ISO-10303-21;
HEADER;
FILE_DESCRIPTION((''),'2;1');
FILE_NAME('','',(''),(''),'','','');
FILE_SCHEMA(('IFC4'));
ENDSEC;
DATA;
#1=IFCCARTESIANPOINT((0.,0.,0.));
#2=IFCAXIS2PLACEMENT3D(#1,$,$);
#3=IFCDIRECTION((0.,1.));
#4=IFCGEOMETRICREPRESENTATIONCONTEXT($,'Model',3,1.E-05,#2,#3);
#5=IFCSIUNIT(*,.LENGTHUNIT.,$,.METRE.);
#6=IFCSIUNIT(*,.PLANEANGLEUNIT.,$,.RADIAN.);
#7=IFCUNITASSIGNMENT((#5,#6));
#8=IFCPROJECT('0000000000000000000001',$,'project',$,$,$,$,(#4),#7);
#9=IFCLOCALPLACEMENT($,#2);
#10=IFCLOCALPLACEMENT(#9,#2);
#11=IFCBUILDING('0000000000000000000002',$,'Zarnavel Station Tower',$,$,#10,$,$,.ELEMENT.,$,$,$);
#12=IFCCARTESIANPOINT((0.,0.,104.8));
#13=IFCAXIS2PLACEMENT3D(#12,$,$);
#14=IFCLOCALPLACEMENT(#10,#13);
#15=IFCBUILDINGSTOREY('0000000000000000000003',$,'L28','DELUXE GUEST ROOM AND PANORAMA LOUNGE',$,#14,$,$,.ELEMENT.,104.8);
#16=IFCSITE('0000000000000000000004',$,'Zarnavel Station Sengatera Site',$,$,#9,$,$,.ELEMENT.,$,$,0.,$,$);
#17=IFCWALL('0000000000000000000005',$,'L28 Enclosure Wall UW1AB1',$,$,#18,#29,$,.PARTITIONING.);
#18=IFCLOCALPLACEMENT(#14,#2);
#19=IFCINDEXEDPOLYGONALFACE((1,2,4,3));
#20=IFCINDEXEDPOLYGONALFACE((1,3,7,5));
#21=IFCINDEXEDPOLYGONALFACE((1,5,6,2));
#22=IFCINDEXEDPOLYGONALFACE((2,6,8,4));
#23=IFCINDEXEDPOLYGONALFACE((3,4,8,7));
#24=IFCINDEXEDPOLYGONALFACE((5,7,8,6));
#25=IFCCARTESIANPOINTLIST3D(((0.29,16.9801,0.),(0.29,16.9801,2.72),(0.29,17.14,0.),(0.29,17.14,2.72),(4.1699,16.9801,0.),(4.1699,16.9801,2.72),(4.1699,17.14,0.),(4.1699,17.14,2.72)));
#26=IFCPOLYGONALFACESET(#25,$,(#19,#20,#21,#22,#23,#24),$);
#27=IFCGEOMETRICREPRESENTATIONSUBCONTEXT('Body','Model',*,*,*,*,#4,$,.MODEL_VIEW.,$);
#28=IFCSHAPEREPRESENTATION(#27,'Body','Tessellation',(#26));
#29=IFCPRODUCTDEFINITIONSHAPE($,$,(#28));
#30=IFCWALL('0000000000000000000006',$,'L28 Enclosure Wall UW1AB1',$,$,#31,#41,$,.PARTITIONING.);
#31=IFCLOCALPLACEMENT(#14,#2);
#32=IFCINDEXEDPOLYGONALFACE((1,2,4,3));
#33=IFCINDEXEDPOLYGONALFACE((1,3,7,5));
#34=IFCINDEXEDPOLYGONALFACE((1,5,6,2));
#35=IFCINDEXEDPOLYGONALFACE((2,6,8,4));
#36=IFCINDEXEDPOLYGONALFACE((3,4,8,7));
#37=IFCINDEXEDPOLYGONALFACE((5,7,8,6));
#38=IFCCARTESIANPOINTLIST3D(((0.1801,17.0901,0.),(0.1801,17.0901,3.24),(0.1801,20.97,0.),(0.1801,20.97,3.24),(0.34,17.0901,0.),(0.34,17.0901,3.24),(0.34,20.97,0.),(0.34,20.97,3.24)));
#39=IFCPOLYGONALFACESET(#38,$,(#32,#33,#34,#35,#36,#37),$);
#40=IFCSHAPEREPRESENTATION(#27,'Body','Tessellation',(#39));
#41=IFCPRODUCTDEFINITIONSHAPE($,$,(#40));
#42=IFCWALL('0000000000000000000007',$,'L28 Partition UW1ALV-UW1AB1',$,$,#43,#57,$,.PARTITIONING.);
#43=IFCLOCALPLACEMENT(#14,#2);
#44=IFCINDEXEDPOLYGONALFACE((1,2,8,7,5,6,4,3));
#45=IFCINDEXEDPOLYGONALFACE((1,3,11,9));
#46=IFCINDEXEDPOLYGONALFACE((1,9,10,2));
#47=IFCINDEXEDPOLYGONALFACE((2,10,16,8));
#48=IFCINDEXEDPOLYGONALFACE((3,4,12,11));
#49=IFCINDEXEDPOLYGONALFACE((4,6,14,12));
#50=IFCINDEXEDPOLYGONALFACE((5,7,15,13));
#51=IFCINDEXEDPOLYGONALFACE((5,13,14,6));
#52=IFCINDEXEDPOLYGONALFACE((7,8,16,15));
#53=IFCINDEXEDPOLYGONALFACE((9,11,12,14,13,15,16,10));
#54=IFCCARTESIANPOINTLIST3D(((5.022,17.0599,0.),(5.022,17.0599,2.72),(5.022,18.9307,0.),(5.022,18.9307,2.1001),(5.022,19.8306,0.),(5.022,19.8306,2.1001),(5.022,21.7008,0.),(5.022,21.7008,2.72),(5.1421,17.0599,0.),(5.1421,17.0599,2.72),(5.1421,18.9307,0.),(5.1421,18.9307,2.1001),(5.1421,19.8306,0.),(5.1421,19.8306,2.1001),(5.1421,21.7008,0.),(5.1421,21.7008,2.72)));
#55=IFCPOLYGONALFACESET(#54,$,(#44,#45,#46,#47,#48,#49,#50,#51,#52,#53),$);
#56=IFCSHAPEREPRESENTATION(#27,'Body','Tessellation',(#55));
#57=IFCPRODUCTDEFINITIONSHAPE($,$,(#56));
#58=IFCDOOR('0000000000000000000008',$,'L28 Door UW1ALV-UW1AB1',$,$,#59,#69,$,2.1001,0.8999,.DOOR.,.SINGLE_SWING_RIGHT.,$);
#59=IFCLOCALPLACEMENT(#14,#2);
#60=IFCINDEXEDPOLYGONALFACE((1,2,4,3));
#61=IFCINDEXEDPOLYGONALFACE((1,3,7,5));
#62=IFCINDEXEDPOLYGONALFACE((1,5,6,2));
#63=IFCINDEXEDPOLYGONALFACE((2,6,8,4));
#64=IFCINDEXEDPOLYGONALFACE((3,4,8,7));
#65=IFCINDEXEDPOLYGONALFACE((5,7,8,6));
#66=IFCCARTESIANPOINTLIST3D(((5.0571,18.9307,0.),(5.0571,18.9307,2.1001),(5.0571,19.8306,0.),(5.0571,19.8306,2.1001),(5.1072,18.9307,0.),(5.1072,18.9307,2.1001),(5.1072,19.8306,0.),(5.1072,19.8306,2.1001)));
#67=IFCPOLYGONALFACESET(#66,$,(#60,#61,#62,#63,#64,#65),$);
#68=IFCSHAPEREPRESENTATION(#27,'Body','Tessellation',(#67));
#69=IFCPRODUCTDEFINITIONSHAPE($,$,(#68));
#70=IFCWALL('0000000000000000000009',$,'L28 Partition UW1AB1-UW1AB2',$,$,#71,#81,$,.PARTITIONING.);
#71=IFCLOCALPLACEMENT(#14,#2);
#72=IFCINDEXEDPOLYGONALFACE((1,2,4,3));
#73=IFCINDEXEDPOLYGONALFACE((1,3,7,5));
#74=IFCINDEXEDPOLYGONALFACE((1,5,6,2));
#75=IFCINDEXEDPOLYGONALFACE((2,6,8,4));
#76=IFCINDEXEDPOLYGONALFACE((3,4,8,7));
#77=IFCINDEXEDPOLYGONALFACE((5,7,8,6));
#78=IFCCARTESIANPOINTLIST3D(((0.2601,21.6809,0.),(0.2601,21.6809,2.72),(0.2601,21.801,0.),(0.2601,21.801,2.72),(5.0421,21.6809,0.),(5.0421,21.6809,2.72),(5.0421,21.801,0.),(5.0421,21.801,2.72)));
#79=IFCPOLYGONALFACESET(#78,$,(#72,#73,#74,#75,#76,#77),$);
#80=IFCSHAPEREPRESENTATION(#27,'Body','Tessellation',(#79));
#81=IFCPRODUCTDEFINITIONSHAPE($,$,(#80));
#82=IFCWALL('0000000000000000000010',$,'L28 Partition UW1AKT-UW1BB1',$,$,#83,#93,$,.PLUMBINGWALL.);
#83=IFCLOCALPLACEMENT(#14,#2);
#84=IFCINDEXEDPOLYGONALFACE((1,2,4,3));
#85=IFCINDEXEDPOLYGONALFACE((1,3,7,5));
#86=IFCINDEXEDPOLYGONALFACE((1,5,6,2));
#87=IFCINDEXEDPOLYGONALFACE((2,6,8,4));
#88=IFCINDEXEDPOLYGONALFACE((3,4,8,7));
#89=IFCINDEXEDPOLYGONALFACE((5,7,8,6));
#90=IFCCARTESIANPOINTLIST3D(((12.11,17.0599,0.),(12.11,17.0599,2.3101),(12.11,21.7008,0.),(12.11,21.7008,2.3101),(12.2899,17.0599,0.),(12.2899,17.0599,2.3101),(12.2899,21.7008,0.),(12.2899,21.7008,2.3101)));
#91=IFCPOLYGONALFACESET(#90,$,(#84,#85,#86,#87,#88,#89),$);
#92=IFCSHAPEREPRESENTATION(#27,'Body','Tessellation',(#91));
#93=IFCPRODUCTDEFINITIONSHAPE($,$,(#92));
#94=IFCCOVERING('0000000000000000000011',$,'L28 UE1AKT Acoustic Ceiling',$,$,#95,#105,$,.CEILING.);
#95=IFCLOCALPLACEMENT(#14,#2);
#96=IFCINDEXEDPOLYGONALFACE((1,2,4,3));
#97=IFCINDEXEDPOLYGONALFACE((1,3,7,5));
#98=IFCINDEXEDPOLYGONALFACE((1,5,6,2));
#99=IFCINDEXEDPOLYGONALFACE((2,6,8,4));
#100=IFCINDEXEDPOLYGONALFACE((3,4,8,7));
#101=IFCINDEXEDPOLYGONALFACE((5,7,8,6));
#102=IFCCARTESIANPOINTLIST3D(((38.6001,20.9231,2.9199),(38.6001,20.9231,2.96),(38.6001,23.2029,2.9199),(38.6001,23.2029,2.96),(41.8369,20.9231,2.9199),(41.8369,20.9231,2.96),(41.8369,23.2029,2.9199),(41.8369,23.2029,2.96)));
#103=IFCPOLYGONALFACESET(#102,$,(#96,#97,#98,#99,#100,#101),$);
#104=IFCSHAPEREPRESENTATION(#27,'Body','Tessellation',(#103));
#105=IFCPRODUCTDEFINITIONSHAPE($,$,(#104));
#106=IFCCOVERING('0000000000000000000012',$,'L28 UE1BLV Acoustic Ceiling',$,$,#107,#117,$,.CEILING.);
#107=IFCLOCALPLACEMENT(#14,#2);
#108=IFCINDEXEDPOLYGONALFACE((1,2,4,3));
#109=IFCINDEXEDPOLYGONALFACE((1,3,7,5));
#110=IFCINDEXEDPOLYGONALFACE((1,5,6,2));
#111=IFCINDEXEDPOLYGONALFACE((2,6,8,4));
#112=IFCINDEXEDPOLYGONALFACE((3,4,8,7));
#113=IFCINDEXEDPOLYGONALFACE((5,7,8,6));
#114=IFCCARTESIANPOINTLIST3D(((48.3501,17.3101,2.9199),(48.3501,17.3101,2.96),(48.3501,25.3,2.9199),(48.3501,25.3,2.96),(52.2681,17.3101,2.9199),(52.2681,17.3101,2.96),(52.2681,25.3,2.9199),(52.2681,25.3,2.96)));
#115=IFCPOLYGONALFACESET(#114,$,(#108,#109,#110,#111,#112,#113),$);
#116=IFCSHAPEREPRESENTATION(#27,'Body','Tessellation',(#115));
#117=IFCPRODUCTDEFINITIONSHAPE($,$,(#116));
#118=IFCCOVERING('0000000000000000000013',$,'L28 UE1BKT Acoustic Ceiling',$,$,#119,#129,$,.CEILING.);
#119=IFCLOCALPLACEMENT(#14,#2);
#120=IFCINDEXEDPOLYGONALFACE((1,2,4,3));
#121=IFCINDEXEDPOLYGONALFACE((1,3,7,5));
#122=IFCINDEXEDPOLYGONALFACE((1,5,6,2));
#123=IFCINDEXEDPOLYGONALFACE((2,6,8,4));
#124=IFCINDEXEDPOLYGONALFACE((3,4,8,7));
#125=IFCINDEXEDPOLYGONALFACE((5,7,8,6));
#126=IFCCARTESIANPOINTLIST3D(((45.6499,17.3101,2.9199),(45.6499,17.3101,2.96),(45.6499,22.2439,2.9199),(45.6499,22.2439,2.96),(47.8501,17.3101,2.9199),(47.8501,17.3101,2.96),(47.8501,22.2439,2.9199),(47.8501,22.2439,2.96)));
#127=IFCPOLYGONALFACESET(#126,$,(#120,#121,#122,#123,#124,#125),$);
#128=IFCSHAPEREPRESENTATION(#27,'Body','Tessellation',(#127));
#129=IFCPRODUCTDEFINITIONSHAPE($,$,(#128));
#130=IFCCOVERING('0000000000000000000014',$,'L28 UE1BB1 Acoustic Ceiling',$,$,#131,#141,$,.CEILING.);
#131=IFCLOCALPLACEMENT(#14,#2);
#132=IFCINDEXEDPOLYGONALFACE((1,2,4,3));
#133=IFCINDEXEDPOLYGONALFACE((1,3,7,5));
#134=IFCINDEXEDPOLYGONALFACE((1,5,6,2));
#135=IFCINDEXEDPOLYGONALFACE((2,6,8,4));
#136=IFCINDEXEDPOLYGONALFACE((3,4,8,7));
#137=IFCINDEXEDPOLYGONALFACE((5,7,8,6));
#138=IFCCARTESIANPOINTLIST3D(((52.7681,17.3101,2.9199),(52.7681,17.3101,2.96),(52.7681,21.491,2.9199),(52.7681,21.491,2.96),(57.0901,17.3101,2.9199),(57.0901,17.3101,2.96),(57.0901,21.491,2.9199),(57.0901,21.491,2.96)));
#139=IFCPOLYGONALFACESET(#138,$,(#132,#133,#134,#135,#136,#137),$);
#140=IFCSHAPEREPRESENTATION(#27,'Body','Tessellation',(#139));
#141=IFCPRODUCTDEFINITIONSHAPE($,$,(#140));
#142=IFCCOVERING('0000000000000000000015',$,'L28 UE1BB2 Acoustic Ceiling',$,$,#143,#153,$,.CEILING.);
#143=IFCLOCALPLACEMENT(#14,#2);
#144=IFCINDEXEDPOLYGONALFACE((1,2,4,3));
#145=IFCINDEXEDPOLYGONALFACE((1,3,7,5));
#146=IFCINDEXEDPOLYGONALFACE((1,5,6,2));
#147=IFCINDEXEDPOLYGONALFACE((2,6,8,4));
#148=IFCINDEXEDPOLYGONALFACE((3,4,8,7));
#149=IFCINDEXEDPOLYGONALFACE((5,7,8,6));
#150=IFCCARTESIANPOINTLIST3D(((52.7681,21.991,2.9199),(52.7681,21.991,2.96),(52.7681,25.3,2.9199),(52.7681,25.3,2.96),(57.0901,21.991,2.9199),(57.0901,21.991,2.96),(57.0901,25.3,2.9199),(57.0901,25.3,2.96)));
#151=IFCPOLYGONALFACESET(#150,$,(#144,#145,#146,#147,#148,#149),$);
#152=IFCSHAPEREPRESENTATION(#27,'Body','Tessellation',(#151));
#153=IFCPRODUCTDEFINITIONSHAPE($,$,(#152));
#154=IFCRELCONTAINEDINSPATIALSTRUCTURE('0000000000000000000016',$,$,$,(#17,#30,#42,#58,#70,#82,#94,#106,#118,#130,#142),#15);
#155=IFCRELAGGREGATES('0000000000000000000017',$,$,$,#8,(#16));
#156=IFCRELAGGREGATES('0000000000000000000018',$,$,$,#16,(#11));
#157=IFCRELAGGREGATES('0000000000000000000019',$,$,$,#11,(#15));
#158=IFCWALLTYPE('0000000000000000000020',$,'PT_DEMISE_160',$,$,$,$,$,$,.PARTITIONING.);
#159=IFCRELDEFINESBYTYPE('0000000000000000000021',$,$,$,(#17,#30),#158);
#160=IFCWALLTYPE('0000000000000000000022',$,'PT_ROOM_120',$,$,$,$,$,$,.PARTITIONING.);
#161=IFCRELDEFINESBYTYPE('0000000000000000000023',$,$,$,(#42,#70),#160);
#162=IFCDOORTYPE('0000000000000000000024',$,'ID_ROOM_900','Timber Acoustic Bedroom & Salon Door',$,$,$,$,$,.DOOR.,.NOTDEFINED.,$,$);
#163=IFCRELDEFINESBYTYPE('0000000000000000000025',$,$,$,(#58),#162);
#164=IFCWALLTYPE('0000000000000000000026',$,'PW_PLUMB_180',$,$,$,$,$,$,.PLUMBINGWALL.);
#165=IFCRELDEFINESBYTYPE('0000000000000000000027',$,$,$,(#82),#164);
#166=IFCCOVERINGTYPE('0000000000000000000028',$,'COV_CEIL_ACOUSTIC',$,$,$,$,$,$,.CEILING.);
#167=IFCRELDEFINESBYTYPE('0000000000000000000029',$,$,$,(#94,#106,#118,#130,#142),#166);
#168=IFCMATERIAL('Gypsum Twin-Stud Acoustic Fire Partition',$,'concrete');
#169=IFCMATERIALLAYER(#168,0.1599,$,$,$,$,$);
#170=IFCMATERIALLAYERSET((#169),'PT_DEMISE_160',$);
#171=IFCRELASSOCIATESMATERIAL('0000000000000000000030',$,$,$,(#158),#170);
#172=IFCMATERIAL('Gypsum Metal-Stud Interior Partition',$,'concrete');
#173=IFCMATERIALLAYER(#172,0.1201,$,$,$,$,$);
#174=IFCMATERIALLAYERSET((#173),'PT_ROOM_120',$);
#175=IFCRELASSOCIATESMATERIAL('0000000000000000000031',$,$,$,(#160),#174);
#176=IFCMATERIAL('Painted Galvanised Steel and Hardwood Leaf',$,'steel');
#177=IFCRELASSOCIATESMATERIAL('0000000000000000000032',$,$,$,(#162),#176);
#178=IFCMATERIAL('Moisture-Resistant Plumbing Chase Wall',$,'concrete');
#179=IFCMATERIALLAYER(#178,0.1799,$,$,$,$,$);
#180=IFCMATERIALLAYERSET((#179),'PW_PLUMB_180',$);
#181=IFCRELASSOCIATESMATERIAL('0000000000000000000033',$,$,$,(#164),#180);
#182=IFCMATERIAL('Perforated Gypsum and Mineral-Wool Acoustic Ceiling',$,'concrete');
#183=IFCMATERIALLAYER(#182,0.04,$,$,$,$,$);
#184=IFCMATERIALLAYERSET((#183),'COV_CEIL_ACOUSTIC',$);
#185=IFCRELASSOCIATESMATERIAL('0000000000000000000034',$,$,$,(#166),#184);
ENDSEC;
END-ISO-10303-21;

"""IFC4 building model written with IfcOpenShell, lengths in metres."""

from ifc_helpers import new_model, si_unit, direction, frame, frame_2d, origin, place, context, subcontext, project, spatial, polyline, rectangle, outline, extrude, material, layer, layer_set, type_object, element, fill, save


model = new_model("IFC4")

# Units and contexts
model_context = context("Model", 3, precision=1e-05, world=origin(), true_north=direction((0.0, 1.0)))
body_context = subcontext(model_context, "Body", "Model", "MODEL_VIEW")
ifc_project = project(units=[si_unit("LENGTHUNIT", "METRE"), si_unit("PLANEANGLEUNIT", "RADIAN")], contexts=[model_context])

# Site, building, storey
site_placement = place(None, origin())
site = spatial("IfcSite", under=ifc_project, at=site_placement, Name="Zarnavel Station Sengatera Site", CompositionType="ELEMENT", RefElevation=0.0)
building_placement = place(site_placement, origin())
building = spatial("IfcBuilding", under=site, at=building_placement, Name="Zarnavel Station Tower", CompositionType="ELEMENT")
storey_placement = place(building_placement, frame((0.0, 0.0, 104.8)))
storey = spatial("IfcBuildingStorey", under=building, at=storey_placement, Name="L28", Description="DELUXE GUEST ROOM AND PANORAMA LOUNGE", CompositionType="ELEMENT", Elevation=104.8)

# Walls
ifc_material_1 = material(Name="Gypsum Twin-Stud Acoustic Fire Partition", Category="concrete")
ifc_layer_1 = layer(ifc_material_1, 0.1599)
ifc_layer_set_1 = layer_set([ifc_layer_1], Name="PT_DEMISE_160")
wall_type_1 = type_object("IfcWallType", Name="PT_DEMISE_160", PredefinedType="PARTITIONING", material=ifc_layer_set_1)
wall_1_placement = place(storey_placement, frame((0.29, 17.0601, 0.0), z_axis=(0.0, 0.0, 1.0), x_axis=(1.0, 0.0, 0.0)))
element("IfcWall", 1, at=wall_1_placement, inside=storey, type_object=wall_type_1, Name="L28 Enclosure Wall UW1AB1", PredefinedType="PARTITIONING", context=body_context, shape_type="SweptSolid", body=[
    extrude(rectangle(XDim=3.8799, YDim=0.1599, at=frame_2d((1.9399, 0.0))), origin(), (0.0, 0.0, 1.0), 2.72),
])
wall_2_placement = place(storey_placement, frame((0.26, 17.0901, 0.0), z_axis=(0.0, 0.0, 1.0), x_axis=(0.0, 1.0, 0.0)))
element("IfcWall", 2, at=wall_2_placement, inside=storey, type_object=wall_type_1, Name="L28 Enclosure Wall UW1AB1", PredefinedType="PARTITIONING", context=body_context, shape_type="SweptSolid", body=[
    extrude(rectangle(XDim=3.8799, YDim=0.1599, at=frame_2d((1.9399, 0.0))), origin(), (0.0, 0.0, 1.0), 3.24),
])

# Wall, opening, door
ifc_material_2 = material(Name="Gypsum Metal-Stud Interior Partition", Category="concrete")
ifc_layer_2 = layer(ifc_material_2, 0.1201)
ifc_layer_set_2 = layer_set([ifc_layer_2], Name="PT_ROOM_120")
wall_type_2 = type_object("IfcWallType", Name="PT_ROOM_120", PredefinedType="PARTITIONING", material=ifc_layer_set_2)
wall_3_placement = place(storey_placement, frame((5.082, 17.0601, 0.0), z_axis=(0.0, 0.0, 1.0), x_axis=(0.0, 1.0, 0.0)))
wall_3 = element("IfcWall", 3, at=wall_3_placement, inside=storey, type_object=wall_type_2, Name="L28 Partition UW1ALV-UW1AB1", PredefinedType="PARTITIONING", context=body_context, shape_type="SweptSolid", body=[
    extrude(rectangle(XDim=4.6409, YDim=0.1201, at=frame_2d((2.3203, 0.0))), origin(), (0.0, 0.0, 1.0), 2.72),
])
opening_1_placement = place(wall_3_placement, frame((1.8706, 0.0, 0.0)))
opening_1 = element("IfcOpeningElement", 4, at=opening_1_placement, cuts=wall_3, PredefinedType="OPENING", context=body_context, shape_type="SweptSolid", body=[
    extrude(rectangle(XDim=0.8999, YDim=2.1001, at=frame_2d((0.45, 1.05))), frame((0.0, 0.0701, 0.0), z_axis=(0.0, -1.0, 0.0), x_axis=(1.0, 0.0, 0.0)), (0.0, 0.0, 1.0), 0.1401),
])
ifc_material_3 = material(Name="Painted Galvanised Steel and Hardwood Leaf", Category="steel")
door_type_1 = type_object("IfcDoorType", Name="ID_ROOM_900", Description="Timber Acoustic Bedroom & Salon Door", OperationType="NOTDEFINED", PredefinedType="DOOR", material=ifc_material_3)
door_1_placement = place(opening_1_placement, origin())
door_1 = element("IfcDoor", 5, at=door_1_placement, inside=storey, type_object=door_type_1, Name="L28 Door UW1ALV-UW1AB1", OperationType="SINGLE_SWING_RIGHT", OverallHeight=2.1001, OverallWidth=0.8999, PredefinedType="DOOR", context=body_context, shape_type="SweptSolid", body=[
    extrude(rectangle(XDim=0.8999, YDim=2.1001, at=frame_2d((0.45, 1.05))), frame((0.0, 0.0249, 0.0), z_axis=(0.0, -1.0, 0.0), x_axis=(1.0, 0.0, 0.0)), (0.0, 0.0, 1.0), 0.05),
])
fill(opening_1, door_1)

# Wall
wall_4_placement = place(storey_placement, frame((0.26, 21.741, 0.0), z_axis=(0.0, 0.0, 1.0), x_axis=(1.0, 0.0, 0.0)))
element("IfcWall", 6, at=wall_4_placement, inside=storey, type_object=wall_type_2, Name="L28 Partition UW1AB1-UW1AB2", PredefinedType="PARTITIONING", context=body_context, shape_type="SweptSolid", body=[
    extrude(rectangle(XDim=4.782, YDim=0.1201, at=frame_2d((2.3911, 0.0))), origin(), (0.0, 0.0, 1.0), 2.72),
])

# Shared definitions
ifc_material_4 = material(Name="Moisture-Resistant Plumbing Chase Wall", Category="concrete")
ifc_layer_3 = layer(ifc_material_4, 0.1799)
ifc_layer_set_3 = layer_set([ifc_layer_3], Name="PW_PLUMB_180")
wall_type_3 = type_object("IfcWallType", Name="PW_PLUMB_180", PredefinedType="PLUMBINGWALL", material=ifc_layer_set_3)

# Wall
wall_5_placement = place(storey_placement, frame((12.2, 17.0601, 0.0), z_axis=(0.0, 0.0, 1.0), x_axis=(0.0, 1.0, 0.0)))
element("IfcWall", 7, at=wall_5_placement, inside=storey, type_object=wall_type_3, Name="L28 Partition UW1AKT-UW1BB1", PredefinedType="PLUMBINGWALL", context=body_context, shape_type="SweptSolid", body=[
    extrude(rectangle(XDim=4.6409, YDim=0.1799, at=frame_2d((2.3203, 0.0))), origin(), (0.0, 0.0, 1.0), 2.3101),
])

# Coverings
ifc_material_5 = material(Name="Perforated Gypsum and Mineral-Wool Acoustic Ceiling", Category="concrete")
ifc_layer_4 = layer(ifc_material_5, 0.04)
ifc_layer_set_4 = layer_set([ifc_layer_4], Name="COV_CEIL_ACOUSTIC")
covering_type = type_object("IfcCoveringType", Name="COV_CEIL_ACOUSTIC", PredefinedType="CEILING", material=ifc_layer_set_4)
covering_1_placement = place(storey_placement, frame((0.0, 0.0, 2.9199)))
element("IfcCovering", 8, at=covering_1_placement, inside=storey, type_object=covering_type, Name="L28 UE1AKT Acoustic Ceiling", PredefinedType="CEILING", context=body_context, shape_type="SweptSolid", body=[
    extrude(outline(polyline([(38.6001, 20.9231), (41.8369, 20.9231), (41.8369, 23.2029), (38.6001, 23.2029), (38.6001, 20.9231)])), origin(), (0.0, 0.0, 1.0), 0.04),
])
covering_2_placement = place(storey_placement, frame((0.0, 0.0, 2.9199)))
element("IfcCovering", 9, at=covering_2_placement, inside=storey, type_object=covering_type, Name="L28 UE1BLV Acoustic Ceiling", PredefinedType="CEILING", context=body_context, shape_type="SweptSolid", body=[
    extrude(outline(polyline([(48.3501, 17.3101), (52.2681, 17.3101), (52.2681, 25.3), (48.3501, 25.3), (48.3501, 17.3101)])), origin(), (0.0, 0.0, 1.0), 0.04),
])
covering_3_placement = place(storey_placement, frame((0.0, 0.0, 2.9199)))
element("IfcCovering", 10, at=covering_3_placement, inside=storey, type_object=covering_type, Name="L28 UE1BKT Acoustic Ceiling", PredefinedType="CEILING", context=body_context, shape_type="SweptSolid", body=[
    extrude(outline(polyline([(45.6499, 17.3101), (47.8501, 17.3101), (47.8501, 22.2439), (45.6499, 22.2439), (45.6499, 17.3101)])), origin(), (0.0, 0.0, 1.0), 0.04),
])
covering_4_placement = place(storey_placement, frame((0.0, 0.0, 2.9199)))
element("IfcCovering", 11, at=covering_4_placement, inside=storey, type_object=covering_type, Name="L28 UE1BB1 Acoustic Ceiling", PredefinedType="CEILING", context=body_context, shape_type="SweptSolid", body=[
    extrude(outline(polyline([(52.7681, 17.3101), (57.0901, 17.3101), (57.0901, 21.491), (52.7681, 21.491), (52.7681, 17.3101)])), origin(), (0.0, 0.0, 1.0), 0.04),
])
covering_5_placement = place(storey_placement, frame((0.0, 0.0, 2.9199)))
element("IfcCovering", 12, at=covering_5_placement, inside=storey, type_object=covering_type, Name="L28 UE1BB2 Acoustic Ceiling", PredefinedType="CEILING", context=body_context, shape_type="SweptSolid", body=[
    extrude(outline(polyline([(52.7681, 21.991), (57.0901, 21.991), (57.0901, 25.3), (52.7681, 25.3), (52.7681, 21.991)])), origin(), (0.0, 0.0, 1.0), 0.04),
])

save(model, "model.ifc")
